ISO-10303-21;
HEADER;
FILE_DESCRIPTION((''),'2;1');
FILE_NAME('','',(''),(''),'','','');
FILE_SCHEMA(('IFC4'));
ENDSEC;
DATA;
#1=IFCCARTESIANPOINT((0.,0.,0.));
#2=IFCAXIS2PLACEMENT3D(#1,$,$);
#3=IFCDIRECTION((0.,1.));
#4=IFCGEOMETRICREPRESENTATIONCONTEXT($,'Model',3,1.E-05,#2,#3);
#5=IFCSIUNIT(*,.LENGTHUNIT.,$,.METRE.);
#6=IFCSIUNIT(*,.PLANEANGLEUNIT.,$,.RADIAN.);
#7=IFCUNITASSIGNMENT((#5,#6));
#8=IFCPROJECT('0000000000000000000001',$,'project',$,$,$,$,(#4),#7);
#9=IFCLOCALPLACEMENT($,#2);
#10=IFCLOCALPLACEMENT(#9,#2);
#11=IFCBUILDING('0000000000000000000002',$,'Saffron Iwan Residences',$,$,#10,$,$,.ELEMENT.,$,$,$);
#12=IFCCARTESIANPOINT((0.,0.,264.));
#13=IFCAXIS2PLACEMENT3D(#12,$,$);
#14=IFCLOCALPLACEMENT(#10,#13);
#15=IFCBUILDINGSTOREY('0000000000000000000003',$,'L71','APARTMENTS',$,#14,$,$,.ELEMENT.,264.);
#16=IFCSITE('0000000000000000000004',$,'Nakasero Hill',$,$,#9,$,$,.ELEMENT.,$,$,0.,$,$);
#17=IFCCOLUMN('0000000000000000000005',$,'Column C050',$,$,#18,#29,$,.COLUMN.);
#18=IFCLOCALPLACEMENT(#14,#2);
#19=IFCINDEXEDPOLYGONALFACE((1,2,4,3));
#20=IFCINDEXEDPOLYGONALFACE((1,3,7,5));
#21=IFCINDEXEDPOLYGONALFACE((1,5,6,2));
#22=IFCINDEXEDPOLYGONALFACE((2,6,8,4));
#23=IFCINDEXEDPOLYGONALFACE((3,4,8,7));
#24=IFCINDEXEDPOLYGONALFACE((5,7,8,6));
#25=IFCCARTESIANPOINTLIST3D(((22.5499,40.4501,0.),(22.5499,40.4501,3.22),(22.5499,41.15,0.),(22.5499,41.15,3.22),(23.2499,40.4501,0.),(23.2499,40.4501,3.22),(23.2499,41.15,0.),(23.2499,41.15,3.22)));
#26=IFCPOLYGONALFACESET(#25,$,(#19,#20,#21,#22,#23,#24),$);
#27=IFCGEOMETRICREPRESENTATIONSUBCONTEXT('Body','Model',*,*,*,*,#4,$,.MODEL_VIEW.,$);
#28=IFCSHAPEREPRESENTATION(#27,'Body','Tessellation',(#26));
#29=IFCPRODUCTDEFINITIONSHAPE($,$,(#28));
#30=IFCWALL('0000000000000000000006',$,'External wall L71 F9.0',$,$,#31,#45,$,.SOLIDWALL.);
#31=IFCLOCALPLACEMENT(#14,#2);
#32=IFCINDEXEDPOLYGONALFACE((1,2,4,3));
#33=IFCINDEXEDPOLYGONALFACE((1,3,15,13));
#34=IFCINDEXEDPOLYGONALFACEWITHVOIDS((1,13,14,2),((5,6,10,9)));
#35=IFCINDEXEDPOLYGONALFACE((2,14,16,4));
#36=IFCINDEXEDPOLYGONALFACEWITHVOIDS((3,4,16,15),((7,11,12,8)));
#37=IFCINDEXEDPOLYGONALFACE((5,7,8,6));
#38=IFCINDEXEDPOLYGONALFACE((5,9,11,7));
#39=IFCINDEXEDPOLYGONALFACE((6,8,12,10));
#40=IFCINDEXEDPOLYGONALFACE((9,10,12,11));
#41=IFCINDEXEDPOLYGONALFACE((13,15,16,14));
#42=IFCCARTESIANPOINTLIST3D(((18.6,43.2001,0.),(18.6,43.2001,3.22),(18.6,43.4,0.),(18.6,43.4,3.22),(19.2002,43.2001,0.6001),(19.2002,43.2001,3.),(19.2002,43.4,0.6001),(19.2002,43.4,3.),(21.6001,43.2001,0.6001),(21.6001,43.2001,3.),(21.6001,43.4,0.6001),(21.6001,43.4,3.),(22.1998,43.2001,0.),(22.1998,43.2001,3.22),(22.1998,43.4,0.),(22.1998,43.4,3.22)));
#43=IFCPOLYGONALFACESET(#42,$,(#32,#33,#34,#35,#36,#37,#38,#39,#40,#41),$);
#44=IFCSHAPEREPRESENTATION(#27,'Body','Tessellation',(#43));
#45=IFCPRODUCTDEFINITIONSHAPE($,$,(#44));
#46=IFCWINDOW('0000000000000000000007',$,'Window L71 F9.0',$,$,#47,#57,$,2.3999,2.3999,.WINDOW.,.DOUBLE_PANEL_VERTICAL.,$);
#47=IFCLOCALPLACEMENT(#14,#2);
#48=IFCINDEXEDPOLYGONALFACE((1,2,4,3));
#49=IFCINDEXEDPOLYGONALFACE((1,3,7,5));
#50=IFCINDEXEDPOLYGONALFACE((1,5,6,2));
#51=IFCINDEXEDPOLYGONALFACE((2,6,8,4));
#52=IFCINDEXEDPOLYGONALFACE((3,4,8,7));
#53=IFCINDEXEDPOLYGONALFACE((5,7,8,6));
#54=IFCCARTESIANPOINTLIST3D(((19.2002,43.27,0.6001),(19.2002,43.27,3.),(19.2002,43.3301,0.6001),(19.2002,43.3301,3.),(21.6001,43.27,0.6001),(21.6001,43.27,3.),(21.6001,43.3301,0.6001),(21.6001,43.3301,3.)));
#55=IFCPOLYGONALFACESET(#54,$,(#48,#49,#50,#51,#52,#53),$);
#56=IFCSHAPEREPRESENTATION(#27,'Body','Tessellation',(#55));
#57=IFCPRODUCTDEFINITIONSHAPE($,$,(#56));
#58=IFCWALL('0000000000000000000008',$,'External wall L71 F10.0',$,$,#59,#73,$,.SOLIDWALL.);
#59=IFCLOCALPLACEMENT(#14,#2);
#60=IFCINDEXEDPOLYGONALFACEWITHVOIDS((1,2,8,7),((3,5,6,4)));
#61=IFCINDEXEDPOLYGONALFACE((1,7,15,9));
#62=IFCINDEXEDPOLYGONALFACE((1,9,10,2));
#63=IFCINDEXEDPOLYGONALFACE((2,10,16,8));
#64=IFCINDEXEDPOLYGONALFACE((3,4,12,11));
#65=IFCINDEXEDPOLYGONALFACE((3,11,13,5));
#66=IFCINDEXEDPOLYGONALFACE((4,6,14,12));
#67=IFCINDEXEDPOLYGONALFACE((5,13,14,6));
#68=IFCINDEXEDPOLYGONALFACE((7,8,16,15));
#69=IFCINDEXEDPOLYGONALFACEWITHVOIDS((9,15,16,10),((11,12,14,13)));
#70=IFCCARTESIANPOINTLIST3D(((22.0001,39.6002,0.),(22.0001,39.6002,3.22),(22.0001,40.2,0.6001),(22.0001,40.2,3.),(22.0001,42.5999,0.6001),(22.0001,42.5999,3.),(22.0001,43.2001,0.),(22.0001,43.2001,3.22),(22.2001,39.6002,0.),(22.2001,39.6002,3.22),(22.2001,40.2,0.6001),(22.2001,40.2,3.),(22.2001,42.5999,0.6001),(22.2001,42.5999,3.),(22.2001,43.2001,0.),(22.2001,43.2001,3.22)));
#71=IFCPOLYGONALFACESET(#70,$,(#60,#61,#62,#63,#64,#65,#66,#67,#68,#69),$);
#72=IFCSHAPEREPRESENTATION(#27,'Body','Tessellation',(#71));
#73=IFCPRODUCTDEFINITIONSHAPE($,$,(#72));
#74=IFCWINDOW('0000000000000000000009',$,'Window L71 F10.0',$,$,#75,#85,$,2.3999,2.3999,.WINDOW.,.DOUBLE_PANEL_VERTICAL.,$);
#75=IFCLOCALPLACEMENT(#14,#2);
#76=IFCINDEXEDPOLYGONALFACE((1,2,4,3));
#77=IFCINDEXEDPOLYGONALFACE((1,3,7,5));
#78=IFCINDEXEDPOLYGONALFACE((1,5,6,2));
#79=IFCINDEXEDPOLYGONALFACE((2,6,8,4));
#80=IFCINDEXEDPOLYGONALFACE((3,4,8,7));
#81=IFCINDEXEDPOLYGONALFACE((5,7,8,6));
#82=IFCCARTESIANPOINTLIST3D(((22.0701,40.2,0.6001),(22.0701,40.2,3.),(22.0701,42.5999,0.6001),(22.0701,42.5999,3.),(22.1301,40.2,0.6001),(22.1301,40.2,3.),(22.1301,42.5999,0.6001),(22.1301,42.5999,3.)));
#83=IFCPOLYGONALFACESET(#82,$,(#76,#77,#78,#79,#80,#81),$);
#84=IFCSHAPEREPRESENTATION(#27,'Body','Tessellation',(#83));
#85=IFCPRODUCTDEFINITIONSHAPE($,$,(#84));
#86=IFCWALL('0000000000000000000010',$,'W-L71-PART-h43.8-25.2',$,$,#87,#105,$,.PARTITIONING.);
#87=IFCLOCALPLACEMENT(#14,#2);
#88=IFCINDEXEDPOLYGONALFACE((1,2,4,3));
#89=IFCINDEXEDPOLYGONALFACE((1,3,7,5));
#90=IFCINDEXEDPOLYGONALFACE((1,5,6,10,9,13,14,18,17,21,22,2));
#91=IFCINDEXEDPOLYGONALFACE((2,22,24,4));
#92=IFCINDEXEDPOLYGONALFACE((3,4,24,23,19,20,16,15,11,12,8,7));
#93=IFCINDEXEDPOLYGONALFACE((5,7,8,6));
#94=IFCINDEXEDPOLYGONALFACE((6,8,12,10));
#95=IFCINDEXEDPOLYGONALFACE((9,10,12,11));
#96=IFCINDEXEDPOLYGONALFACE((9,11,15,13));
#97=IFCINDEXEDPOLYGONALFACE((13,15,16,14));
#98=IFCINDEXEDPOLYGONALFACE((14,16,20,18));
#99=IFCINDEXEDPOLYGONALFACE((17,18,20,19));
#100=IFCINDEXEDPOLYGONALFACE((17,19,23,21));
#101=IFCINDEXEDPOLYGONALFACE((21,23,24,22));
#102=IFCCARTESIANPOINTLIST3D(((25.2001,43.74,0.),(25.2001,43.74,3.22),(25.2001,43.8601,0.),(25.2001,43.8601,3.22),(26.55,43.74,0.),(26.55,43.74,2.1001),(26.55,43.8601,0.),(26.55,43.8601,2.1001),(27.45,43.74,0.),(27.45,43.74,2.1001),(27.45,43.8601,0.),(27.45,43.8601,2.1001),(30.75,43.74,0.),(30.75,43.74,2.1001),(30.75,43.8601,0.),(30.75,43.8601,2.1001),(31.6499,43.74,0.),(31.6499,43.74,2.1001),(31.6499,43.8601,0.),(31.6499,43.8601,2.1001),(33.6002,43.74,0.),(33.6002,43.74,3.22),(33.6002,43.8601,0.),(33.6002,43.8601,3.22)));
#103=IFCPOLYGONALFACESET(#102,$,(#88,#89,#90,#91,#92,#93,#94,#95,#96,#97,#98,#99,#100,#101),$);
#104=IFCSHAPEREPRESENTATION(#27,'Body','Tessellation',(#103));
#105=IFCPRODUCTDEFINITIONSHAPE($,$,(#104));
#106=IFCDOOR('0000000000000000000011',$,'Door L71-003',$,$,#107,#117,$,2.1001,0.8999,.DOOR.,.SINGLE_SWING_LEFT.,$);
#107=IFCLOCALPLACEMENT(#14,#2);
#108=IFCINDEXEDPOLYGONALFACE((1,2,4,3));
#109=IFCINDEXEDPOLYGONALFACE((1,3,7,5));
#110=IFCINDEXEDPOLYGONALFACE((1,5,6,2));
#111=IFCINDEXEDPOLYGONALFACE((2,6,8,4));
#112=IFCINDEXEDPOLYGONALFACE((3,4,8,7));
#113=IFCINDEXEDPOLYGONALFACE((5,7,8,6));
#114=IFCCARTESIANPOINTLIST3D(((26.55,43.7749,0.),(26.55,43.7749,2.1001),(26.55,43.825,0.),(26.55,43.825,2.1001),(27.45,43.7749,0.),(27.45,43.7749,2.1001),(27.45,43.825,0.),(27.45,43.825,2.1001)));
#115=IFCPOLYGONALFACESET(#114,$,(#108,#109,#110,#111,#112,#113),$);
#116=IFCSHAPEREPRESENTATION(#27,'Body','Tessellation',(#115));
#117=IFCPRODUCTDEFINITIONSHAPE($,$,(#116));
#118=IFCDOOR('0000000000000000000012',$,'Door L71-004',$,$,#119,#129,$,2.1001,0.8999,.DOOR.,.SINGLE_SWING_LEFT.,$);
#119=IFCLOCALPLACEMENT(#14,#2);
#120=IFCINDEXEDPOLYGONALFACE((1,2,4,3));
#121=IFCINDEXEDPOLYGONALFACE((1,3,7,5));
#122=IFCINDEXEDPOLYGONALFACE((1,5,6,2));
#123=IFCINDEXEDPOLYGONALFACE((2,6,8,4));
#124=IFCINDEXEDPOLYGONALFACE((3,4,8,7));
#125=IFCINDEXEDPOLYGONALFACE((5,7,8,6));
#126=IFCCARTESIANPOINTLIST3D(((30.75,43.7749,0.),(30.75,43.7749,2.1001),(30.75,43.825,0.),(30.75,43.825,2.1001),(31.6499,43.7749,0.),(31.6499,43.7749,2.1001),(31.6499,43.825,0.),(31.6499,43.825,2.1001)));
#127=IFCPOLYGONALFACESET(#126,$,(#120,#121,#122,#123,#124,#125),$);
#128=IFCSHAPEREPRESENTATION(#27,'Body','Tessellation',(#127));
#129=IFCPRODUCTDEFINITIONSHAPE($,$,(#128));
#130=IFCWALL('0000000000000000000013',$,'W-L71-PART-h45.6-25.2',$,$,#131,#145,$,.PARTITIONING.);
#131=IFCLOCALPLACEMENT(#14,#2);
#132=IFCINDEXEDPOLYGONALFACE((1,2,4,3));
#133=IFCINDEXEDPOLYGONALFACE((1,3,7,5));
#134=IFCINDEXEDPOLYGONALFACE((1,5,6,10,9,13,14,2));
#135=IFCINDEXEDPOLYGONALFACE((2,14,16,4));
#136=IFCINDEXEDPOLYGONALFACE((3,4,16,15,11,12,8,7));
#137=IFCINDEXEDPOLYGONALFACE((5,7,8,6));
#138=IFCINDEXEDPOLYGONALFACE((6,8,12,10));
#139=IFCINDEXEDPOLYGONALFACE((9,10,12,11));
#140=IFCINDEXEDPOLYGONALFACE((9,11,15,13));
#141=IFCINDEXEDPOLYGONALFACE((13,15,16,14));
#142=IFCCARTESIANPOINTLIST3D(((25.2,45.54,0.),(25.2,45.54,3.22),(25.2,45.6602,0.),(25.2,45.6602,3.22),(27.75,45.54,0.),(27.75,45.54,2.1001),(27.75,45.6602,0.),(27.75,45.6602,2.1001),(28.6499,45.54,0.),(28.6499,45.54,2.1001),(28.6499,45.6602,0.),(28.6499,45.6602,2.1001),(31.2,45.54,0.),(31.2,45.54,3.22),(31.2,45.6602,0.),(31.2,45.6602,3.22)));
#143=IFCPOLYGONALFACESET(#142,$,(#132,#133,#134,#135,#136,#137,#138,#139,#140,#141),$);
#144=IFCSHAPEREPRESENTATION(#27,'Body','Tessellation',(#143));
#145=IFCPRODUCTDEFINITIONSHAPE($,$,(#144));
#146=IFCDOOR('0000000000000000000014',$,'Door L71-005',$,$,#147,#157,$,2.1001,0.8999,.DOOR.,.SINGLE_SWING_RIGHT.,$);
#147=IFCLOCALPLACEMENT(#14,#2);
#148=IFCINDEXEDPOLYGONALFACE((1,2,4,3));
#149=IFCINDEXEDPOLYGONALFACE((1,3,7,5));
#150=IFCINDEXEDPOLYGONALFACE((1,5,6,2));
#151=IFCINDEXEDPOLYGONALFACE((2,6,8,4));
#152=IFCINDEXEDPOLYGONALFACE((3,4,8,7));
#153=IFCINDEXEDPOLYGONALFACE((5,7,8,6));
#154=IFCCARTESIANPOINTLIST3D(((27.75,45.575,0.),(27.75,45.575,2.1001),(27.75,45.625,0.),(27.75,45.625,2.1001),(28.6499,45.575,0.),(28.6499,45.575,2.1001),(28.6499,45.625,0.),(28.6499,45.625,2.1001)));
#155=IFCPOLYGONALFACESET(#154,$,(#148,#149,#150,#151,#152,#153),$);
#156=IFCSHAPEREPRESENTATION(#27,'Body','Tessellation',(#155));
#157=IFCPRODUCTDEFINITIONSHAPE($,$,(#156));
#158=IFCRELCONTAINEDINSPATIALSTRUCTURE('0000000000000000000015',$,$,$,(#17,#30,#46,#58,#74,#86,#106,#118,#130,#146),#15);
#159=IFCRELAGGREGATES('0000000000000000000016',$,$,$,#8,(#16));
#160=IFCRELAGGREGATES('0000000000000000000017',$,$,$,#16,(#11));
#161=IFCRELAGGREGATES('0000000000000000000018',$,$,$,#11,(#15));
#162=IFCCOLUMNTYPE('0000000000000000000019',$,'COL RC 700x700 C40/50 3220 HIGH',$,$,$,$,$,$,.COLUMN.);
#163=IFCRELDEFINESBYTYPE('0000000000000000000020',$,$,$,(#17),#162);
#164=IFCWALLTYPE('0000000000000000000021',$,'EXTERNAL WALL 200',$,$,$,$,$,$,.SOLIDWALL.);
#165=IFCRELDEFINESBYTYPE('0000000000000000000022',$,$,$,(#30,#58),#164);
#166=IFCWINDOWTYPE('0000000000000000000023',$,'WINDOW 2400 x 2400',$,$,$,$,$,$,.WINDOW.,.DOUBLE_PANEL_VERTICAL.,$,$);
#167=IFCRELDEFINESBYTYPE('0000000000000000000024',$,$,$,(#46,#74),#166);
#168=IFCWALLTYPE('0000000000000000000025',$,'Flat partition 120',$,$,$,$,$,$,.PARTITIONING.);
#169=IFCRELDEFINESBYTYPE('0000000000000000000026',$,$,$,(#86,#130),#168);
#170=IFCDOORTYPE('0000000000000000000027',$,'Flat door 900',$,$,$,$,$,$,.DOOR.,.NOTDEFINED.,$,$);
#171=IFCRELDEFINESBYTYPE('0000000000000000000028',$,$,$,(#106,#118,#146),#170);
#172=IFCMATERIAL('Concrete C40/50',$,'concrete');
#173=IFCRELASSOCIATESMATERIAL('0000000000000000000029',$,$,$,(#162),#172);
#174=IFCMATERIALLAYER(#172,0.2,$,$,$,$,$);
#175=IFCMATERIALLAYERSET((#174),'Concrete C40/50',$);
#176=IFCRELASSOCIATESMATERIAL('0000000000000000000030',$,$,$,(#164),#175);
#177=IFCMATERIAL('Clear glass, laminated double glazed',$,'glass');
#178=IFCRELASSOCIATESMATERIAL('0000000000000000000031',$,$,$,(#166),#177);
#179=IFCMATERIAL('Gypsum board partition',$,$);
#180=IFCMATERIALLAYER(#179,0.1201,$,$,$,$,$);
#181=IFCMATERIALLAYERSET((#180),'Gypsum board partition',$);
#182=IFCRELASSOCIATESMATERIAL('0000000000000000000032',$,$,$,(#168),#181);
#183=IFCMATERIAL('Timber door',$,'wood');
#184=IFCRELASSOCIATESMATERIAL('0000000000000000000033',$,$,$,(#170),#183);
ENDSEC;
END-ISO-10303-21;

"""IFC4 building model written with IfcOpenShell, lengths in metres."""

from ifc_helpers import new_model, si_unit, direction, frame, frame_2d, origin, origin_2d, place, context, subcontext, project, spatial, rectangle, extrude, source, transform, mapped, material, layer, layer_set, material_profile, profile_set, type_object, element, fill, save


model = new_model("IFC4")

# Units and contexts
model_context = context("Model", 3, precision=1e-05, world=origin(), true_north=direction((0.0, 1.0)))
body_context = subcontext(model_context, "Body", "Model", "MODEL_VIEW")
ifc_project = project(units=[si_unit("LENGTHUNIT", "METRE"), si_unit("PLANEANGLEUNIT", "RADIAN")], contexts=[model_context])

# Site, building, storey
site_placement = place(None, origin())
site = spatial("IfcSite", under=ifc_project, at=site_placement, Name="Nakasero Hill", CompositionType="ELEMENT", RefElevation=0.0)
building_placement = place(site_placement, origin())
building = spatial("IfcBuilding", under=site, at=building_placement, Name="Saffron Iwan Residences", CompositionType="ELEMENT")
storey_placement = place(building_placement, frame((0.0, 0.0, 264.0)))
storey = spatial("IfcBuildingStorey", under=building, at=storey_placement, Name="L71", Description="APARTMENTS", CompositionType="ELEMENT", Elevation=264.0)

# Column
ifc_material_1 = material(Name="Concrete C40/50", Category="concrete")
ifc_material_profile = material_profile(ifc_material_1, rectangle(XDim=0.7, YDim=0.7, at=origin_2d()), Name="RC 700x700")
ifc_profile_set = profile_set([ifc_material_profile], Name="Concrete C40/50")
column_type = type_object("IfcColumnType", Name="COL RC 700x700 C40/50 3220 HIGH", PredefinedType="COLUMN", material=ifc_profile_set)
shared_shape = source(origin(), body_context, "Body", "SweptSolid", [
    extrude(rectangle(XDim=0.7, YDim=0.7, at=origin_2d()), origin(), (0.0, 0.0, 1.0), 3.22),
])
column_placement = place(storey_placement, frame((22.8999, 40.8, 0.0), z_axis=(0.0, 0.0, 1.0), x_axis=(1.0, 0.0, 0.0)))
element("IfcColumn", 1, at=column_placement, inside=storey, type_object=column_type, Name="Column C050", PredefinedType="COLUMN", context=body_context, shape_type="MappedRepresentation", body=[
    mapped(shared_shape, transform((0.0, 0.0, 0.0))),
])

# Walls, openings, windows
ifc_layer_1 = layer(ifc_material_1, 0.2)
ifc_layer_set_1 = layer_set([ifc_layer_1], Name="Concrete C40/50")
wall_type_1 = type_object("IfcWallType", Name="EXTERNAL WALL 200", PredefinedType="SOLIDWALL", material=ifc_layer_set_1)
wall_1_placement = place(storey_placement, frame((18.6001, 43.3, 0.0), z_axis=(0.0, 0.0, 1.0), x_axis=(1.0, 0.0, 0.0)))
wall_1 = element("IfcWall", 2, at=wall_1_placement, inside=storey, type_object=wall_type_1, Name="External wall L71 F9.0", PredefinedType="SOLIDWALL", context=body_context, shape_type="SweptSolid", body=[
    extrude(rectangle(XDim=3.5999, YDim=0.2, at=frame_2d((1.7998, 0.0))), origin(), (0.0, 0.0, 1.0), 3.22),
])
opening_1_placement = place(wall_1_placement, frame((0.6001, 0.0, 0.6001)))
opening_1 = element("IfcOpeningElement", 3, at=opening_1_placement, cuts=wall_1, PredefinedType="OPENING", context=body_context, shape_type="SweptSolid", body=[
    extrude(rectangle(XDim=2.3999, YDim=2.3999, at=frame_2d((1.2, 1.2))), frame((0.0, 0.1099, 0.0), z_axis=(0.0, -1.0, 0.0), x_axis=(1.0, 0.0, 0.0)), (0.0, 0.0, 1.0), 0.22),
])
ifc_material_2 = material(Name="Clear glass, laminated double glazed", Category="glass")
window_type = type_object("IfcWindowType", Name="WINDOW 2400 x 2400", PartitioningType="DOUBLE_PANEL_VERTICAL", PredefinedType="WINDOW", material=ifc_material_2)
window_1_placement = place(opening_1_placement, origin())
window_1 = element("IfcWindow", 4, at=window_1_placement, inside=storey, type_object=window_type, Name="Window L71 F9.0", OverallHeight=2.3999, OverallWidth=2.3999, PartitioningType="DOUBLE_PANEL_VERTICAL", PredefinedType="WINDOW", context=body_context, shape_type="SweptSolid", body=[
    extrude(rectangle(XDim=2.3999, YDim=2.3999, at=frame_2d((1.2, 1.2))), frame((0.0, 0.03, 0.0), z_axis=(0.0, -1.0, 0.0), x_axis=(1.0, 0.0, 0.0)), (0.0, 0.0, 1.0), 0.0601),
])
fill(opening_1, window_1)
wall_2_placement = place(storey_placement, frame((22.1001, 43.2, 0.0), z_axis=(0.0, 0.0, 1.0), x_axis=(0.0, -1.0, 0.0)))
wall_2 = element("IfcWall", 5, at=wall_2_placement, inside=storey, type_object=wall_type_1, Name="External wall L71 F10.0", PredefinedType="SOLIDWALL", context=body_context, shape_type="SweptSolid", body=[
    extrude(rectangle(XDim=3.5999, YDim=0.2, at=frame_2d((1.7998, 0.0))), origin(), (0.0, 0.0, 1.0), 3.22),
])
opening_2_placement = place(wall_2_placement, frame((0.6001, 0.0, 0.6001)))
opening_2 = element("IfcOpeningElement", 6, at=opening_2_placement, cuts=wall_2, PredefinedType="OPENING", context=body_context, shape_type="SweptSolid", body=[
    extrude(rectangle(XDim=2.3999, YDim=2.3999, at=frame_2d((1.2, 1.2))), frame((0.0, 0.1099, 0.0), z_axis=(0.0, -1.0, 0.0), x_axis=(1.0, 0.0, 0.0)), (0.0, 0.0, 1.0), 0.22),
])
window_2_placement = place(opening_2_placement, origin())
window_2 = element("IfcWindow", 7, at=window_2_placement, inside=storey, type_object=window_type, Name="Window L71 F10.0", OverallHeight=2.3999, OverallWidth=2.3999, PartitioningType="DOUBLE_PANEL_VERTICAL", PredefinedType="WINDOW", context=body_context, shape_type="SweptSolid", body=[
    extrude(rectangle(XDim=2.3999, YDim=2.3999, at=frame_2d((1.2, 1.2))), frame((0.0, 0.03, 0.0), z_axis=(0.0, -1.0, 0.0), x_axis=(1.0, 0.0, 0.0)), (0.0, 0.0, 1.0), 0.0601),
])
fill(opening_2, window_2)

# Wall, openings, doors
ifc_material_3 = material(Name="Gypsum board partition")
ifc_layer_2 = layer(ifc_material_3, 0.1201)
ifc_layer_set_2 = layer_set([ifc_layer_2], Name="Gypsum board partition")
wall_type_2 = type_object("IfcWallType", Name="Flat partition 120", PredefinedType="PARTITIONING", material=ifc_layer_set_2)
wall_3_placement = place(storey_placement, frame((25.2, 43.8, 0.0), z_axis=(0.0, 0.0, 1.0), x_axis=(1.0, 0.0, 0.0)))
wall_3 = element("IfcWall", 8, at=wall_3_placement, inside=storey, type_object=wall_type_2, Name="W-L71-PART-h43.8-25.2", PredefinedType="PARTITIONING", context=body_context, shape_type="SweptSolid", body=[
    extrude(rectangle(XDim=8.4001, YDim=0.1201, at=frame_2d((4.2002, 0.0))), origin(), (0.0, 0.0, 1.0), 3.22),
])
opening_3_placement = place(wall_3_placement, frame((1.3501, 0.0, 0.0)))
opening_3 = element("IfcOpeningElement", 9, at=opening_3_placement, cuts=wall_3, PredefinedType="OPENING", context=body_context, shape_type="SweptSolid", body=[
    extrude(rectangle(XDim=0.8999, YDim=2.1001, at=frame_2d((0.45, 1.05))), frame((0.0, 0.0701, 0.0), z_axis=(0.0, -1.0, 0.0), x_axis=(1.0, 0.0, 0.0)), (0.0, 0.0, 1.0), 0.1401),
])
opening_4_placement = place(wall_3_placement, frame((5.55, 0.0, 0.0)))
opening_4 = element("IfcOpeningElement", 10, at=opening_4_placement, cuts=wall_3, PredefinedType="OPENING", context=body_context, shape_type="SweptSolid", body=[
    extrude(rectangle(XDim=0.8999, YDim=2.1001, at=frame_2d((0.45, 1.05))), frame((0.0, 0.0701, 0.0), z_axis=(0.0, -1.0, 0.0), x_axis=(1.0, 0.0, 0.0)), (0.0, 0.0, 1.0), 0.1401),
])
ifc_material_4 = material(Name="Timber door", Category="wood")
door_type = type_object("IfcDoorType", Name="Flat door 900", OperationType="NOTDEFINED", PredefinedType="DOOR", material=ifc_material_4)
door_1_placement = place(opening_3_placement, origin())
door_1 = element("IfcDoor", 11, at=door_1_placement, inside=storey, type_object=door_type, Name="Door L71-003", OperationType="SINGLE_SWING_LEFT", OverallHeight=2.1001, OverallWidth=0.8999, PredefinedType="DOOR", context=body_context, shape_type="SweptSolid", body=[
    extrude(rectangle(XDim=0.8999, YDim=2.1001, at=frame_2d((0.45, 1.05))), frame((0.0, 0.0249, 0.0), z_axis=(0.0, -1.0, 0.0), x_axis=(1.0, 0.0, 0.0)), (0.0, 0.0, 1.0), 0.05),
])
fill(opening_3, door_1)
door_2_placement = place(opening_4_placement, origin())
door_2 = element("IfcDoor", 12, at=door_2_placement, inside=storey, type_object=door_type, Name="Door L71-004", OperationType="SINGLE_SWING_LEFT", OverallHeight=2.1001, OverallWidth=0.8999, PredefinedType="DOOR", context=body_context, shape_type="SweptSolid", body=[
    extrude(rectangle(XDim=0.8999, YDim=2.1001, at=frame_2d((0.45, 1.05))), frame((0.0, 0.0249, 0.0), z_axis=(0.0, -1.0, 0.0), x_axis=(1.0, 0.0, 0.0)), (0.0, 0.0, 1.0), 0.05),
])
fill(opening_4, door_2)

# Wall, opening, door
wall_4_placement = place(storey_placement, frame((25.2, 45.6001, 0.0), z_axis=(0.0, 0.0, 1.0), x_axis=(1.0, 0.0, 0.0)))
wall_4 = element("IfcWall", 13, at=wall_4_placement, inside=storey, type_object=wall_type_2, Name="W-L71-PART-h45.6-25.2", PredefinedType="PARTITIONING", context=body_context, shape_type="SweptSolid", body=[
    extrude(rectangle(XDim=6.0, YDim=0.1201, at=frame_2d((3.0, 0.0))), origin(), (0.0, 0.0, 1.0), 3.22),
])
opening_5_placement = place(wall_4_placement, frame((2.55, 0.0, 0.0)))
opening_5 = element("IfcOpeningElement", 14, at=opening_5_placement, cuts=wall_4, PredefinedType="OPENING", context=body_context, shape_type="SweptSolid", body=[
    extrude(rectangle(XDim=0.8999, YDim=2.1001, at=frame_2d((0.45, 1.05))), frame((0.0, 0.0701, 0.0), z_axis=(0.0, -1.0, 0.0), x_axis=(1.0, 0.0, 0.0)), (0.0, 0.0, 1.0), 0.1401),
])
door_3_placement = place(opening_5_placement, origin())
door_3 = element("IfcDoor", 15, at=door_3_placement, inside=storey, type_object=door_type, Name="Door L71-005", OperationType="SINGLE_SWING_RIGHT", OverallHeight=2.1001, OverallWidth=0.8999, PredefinedType="DOOR", context=body_context, shape_type="SweptSolid", body=[
    extrude(rectangle(XDim=0.8999, YDim=2.1001, at=frame_2d((0.45, 1.05))), frame((0.0, 0.0249, 0.0), z_axis=(0.0, -1.0, 0.0), x_axis=(1.0, 0.0, 0.0)), (0.0, 0.0, 1.0), 0.05),
])
fill(opening_5, door_3)

save(model, "model.ifc")
